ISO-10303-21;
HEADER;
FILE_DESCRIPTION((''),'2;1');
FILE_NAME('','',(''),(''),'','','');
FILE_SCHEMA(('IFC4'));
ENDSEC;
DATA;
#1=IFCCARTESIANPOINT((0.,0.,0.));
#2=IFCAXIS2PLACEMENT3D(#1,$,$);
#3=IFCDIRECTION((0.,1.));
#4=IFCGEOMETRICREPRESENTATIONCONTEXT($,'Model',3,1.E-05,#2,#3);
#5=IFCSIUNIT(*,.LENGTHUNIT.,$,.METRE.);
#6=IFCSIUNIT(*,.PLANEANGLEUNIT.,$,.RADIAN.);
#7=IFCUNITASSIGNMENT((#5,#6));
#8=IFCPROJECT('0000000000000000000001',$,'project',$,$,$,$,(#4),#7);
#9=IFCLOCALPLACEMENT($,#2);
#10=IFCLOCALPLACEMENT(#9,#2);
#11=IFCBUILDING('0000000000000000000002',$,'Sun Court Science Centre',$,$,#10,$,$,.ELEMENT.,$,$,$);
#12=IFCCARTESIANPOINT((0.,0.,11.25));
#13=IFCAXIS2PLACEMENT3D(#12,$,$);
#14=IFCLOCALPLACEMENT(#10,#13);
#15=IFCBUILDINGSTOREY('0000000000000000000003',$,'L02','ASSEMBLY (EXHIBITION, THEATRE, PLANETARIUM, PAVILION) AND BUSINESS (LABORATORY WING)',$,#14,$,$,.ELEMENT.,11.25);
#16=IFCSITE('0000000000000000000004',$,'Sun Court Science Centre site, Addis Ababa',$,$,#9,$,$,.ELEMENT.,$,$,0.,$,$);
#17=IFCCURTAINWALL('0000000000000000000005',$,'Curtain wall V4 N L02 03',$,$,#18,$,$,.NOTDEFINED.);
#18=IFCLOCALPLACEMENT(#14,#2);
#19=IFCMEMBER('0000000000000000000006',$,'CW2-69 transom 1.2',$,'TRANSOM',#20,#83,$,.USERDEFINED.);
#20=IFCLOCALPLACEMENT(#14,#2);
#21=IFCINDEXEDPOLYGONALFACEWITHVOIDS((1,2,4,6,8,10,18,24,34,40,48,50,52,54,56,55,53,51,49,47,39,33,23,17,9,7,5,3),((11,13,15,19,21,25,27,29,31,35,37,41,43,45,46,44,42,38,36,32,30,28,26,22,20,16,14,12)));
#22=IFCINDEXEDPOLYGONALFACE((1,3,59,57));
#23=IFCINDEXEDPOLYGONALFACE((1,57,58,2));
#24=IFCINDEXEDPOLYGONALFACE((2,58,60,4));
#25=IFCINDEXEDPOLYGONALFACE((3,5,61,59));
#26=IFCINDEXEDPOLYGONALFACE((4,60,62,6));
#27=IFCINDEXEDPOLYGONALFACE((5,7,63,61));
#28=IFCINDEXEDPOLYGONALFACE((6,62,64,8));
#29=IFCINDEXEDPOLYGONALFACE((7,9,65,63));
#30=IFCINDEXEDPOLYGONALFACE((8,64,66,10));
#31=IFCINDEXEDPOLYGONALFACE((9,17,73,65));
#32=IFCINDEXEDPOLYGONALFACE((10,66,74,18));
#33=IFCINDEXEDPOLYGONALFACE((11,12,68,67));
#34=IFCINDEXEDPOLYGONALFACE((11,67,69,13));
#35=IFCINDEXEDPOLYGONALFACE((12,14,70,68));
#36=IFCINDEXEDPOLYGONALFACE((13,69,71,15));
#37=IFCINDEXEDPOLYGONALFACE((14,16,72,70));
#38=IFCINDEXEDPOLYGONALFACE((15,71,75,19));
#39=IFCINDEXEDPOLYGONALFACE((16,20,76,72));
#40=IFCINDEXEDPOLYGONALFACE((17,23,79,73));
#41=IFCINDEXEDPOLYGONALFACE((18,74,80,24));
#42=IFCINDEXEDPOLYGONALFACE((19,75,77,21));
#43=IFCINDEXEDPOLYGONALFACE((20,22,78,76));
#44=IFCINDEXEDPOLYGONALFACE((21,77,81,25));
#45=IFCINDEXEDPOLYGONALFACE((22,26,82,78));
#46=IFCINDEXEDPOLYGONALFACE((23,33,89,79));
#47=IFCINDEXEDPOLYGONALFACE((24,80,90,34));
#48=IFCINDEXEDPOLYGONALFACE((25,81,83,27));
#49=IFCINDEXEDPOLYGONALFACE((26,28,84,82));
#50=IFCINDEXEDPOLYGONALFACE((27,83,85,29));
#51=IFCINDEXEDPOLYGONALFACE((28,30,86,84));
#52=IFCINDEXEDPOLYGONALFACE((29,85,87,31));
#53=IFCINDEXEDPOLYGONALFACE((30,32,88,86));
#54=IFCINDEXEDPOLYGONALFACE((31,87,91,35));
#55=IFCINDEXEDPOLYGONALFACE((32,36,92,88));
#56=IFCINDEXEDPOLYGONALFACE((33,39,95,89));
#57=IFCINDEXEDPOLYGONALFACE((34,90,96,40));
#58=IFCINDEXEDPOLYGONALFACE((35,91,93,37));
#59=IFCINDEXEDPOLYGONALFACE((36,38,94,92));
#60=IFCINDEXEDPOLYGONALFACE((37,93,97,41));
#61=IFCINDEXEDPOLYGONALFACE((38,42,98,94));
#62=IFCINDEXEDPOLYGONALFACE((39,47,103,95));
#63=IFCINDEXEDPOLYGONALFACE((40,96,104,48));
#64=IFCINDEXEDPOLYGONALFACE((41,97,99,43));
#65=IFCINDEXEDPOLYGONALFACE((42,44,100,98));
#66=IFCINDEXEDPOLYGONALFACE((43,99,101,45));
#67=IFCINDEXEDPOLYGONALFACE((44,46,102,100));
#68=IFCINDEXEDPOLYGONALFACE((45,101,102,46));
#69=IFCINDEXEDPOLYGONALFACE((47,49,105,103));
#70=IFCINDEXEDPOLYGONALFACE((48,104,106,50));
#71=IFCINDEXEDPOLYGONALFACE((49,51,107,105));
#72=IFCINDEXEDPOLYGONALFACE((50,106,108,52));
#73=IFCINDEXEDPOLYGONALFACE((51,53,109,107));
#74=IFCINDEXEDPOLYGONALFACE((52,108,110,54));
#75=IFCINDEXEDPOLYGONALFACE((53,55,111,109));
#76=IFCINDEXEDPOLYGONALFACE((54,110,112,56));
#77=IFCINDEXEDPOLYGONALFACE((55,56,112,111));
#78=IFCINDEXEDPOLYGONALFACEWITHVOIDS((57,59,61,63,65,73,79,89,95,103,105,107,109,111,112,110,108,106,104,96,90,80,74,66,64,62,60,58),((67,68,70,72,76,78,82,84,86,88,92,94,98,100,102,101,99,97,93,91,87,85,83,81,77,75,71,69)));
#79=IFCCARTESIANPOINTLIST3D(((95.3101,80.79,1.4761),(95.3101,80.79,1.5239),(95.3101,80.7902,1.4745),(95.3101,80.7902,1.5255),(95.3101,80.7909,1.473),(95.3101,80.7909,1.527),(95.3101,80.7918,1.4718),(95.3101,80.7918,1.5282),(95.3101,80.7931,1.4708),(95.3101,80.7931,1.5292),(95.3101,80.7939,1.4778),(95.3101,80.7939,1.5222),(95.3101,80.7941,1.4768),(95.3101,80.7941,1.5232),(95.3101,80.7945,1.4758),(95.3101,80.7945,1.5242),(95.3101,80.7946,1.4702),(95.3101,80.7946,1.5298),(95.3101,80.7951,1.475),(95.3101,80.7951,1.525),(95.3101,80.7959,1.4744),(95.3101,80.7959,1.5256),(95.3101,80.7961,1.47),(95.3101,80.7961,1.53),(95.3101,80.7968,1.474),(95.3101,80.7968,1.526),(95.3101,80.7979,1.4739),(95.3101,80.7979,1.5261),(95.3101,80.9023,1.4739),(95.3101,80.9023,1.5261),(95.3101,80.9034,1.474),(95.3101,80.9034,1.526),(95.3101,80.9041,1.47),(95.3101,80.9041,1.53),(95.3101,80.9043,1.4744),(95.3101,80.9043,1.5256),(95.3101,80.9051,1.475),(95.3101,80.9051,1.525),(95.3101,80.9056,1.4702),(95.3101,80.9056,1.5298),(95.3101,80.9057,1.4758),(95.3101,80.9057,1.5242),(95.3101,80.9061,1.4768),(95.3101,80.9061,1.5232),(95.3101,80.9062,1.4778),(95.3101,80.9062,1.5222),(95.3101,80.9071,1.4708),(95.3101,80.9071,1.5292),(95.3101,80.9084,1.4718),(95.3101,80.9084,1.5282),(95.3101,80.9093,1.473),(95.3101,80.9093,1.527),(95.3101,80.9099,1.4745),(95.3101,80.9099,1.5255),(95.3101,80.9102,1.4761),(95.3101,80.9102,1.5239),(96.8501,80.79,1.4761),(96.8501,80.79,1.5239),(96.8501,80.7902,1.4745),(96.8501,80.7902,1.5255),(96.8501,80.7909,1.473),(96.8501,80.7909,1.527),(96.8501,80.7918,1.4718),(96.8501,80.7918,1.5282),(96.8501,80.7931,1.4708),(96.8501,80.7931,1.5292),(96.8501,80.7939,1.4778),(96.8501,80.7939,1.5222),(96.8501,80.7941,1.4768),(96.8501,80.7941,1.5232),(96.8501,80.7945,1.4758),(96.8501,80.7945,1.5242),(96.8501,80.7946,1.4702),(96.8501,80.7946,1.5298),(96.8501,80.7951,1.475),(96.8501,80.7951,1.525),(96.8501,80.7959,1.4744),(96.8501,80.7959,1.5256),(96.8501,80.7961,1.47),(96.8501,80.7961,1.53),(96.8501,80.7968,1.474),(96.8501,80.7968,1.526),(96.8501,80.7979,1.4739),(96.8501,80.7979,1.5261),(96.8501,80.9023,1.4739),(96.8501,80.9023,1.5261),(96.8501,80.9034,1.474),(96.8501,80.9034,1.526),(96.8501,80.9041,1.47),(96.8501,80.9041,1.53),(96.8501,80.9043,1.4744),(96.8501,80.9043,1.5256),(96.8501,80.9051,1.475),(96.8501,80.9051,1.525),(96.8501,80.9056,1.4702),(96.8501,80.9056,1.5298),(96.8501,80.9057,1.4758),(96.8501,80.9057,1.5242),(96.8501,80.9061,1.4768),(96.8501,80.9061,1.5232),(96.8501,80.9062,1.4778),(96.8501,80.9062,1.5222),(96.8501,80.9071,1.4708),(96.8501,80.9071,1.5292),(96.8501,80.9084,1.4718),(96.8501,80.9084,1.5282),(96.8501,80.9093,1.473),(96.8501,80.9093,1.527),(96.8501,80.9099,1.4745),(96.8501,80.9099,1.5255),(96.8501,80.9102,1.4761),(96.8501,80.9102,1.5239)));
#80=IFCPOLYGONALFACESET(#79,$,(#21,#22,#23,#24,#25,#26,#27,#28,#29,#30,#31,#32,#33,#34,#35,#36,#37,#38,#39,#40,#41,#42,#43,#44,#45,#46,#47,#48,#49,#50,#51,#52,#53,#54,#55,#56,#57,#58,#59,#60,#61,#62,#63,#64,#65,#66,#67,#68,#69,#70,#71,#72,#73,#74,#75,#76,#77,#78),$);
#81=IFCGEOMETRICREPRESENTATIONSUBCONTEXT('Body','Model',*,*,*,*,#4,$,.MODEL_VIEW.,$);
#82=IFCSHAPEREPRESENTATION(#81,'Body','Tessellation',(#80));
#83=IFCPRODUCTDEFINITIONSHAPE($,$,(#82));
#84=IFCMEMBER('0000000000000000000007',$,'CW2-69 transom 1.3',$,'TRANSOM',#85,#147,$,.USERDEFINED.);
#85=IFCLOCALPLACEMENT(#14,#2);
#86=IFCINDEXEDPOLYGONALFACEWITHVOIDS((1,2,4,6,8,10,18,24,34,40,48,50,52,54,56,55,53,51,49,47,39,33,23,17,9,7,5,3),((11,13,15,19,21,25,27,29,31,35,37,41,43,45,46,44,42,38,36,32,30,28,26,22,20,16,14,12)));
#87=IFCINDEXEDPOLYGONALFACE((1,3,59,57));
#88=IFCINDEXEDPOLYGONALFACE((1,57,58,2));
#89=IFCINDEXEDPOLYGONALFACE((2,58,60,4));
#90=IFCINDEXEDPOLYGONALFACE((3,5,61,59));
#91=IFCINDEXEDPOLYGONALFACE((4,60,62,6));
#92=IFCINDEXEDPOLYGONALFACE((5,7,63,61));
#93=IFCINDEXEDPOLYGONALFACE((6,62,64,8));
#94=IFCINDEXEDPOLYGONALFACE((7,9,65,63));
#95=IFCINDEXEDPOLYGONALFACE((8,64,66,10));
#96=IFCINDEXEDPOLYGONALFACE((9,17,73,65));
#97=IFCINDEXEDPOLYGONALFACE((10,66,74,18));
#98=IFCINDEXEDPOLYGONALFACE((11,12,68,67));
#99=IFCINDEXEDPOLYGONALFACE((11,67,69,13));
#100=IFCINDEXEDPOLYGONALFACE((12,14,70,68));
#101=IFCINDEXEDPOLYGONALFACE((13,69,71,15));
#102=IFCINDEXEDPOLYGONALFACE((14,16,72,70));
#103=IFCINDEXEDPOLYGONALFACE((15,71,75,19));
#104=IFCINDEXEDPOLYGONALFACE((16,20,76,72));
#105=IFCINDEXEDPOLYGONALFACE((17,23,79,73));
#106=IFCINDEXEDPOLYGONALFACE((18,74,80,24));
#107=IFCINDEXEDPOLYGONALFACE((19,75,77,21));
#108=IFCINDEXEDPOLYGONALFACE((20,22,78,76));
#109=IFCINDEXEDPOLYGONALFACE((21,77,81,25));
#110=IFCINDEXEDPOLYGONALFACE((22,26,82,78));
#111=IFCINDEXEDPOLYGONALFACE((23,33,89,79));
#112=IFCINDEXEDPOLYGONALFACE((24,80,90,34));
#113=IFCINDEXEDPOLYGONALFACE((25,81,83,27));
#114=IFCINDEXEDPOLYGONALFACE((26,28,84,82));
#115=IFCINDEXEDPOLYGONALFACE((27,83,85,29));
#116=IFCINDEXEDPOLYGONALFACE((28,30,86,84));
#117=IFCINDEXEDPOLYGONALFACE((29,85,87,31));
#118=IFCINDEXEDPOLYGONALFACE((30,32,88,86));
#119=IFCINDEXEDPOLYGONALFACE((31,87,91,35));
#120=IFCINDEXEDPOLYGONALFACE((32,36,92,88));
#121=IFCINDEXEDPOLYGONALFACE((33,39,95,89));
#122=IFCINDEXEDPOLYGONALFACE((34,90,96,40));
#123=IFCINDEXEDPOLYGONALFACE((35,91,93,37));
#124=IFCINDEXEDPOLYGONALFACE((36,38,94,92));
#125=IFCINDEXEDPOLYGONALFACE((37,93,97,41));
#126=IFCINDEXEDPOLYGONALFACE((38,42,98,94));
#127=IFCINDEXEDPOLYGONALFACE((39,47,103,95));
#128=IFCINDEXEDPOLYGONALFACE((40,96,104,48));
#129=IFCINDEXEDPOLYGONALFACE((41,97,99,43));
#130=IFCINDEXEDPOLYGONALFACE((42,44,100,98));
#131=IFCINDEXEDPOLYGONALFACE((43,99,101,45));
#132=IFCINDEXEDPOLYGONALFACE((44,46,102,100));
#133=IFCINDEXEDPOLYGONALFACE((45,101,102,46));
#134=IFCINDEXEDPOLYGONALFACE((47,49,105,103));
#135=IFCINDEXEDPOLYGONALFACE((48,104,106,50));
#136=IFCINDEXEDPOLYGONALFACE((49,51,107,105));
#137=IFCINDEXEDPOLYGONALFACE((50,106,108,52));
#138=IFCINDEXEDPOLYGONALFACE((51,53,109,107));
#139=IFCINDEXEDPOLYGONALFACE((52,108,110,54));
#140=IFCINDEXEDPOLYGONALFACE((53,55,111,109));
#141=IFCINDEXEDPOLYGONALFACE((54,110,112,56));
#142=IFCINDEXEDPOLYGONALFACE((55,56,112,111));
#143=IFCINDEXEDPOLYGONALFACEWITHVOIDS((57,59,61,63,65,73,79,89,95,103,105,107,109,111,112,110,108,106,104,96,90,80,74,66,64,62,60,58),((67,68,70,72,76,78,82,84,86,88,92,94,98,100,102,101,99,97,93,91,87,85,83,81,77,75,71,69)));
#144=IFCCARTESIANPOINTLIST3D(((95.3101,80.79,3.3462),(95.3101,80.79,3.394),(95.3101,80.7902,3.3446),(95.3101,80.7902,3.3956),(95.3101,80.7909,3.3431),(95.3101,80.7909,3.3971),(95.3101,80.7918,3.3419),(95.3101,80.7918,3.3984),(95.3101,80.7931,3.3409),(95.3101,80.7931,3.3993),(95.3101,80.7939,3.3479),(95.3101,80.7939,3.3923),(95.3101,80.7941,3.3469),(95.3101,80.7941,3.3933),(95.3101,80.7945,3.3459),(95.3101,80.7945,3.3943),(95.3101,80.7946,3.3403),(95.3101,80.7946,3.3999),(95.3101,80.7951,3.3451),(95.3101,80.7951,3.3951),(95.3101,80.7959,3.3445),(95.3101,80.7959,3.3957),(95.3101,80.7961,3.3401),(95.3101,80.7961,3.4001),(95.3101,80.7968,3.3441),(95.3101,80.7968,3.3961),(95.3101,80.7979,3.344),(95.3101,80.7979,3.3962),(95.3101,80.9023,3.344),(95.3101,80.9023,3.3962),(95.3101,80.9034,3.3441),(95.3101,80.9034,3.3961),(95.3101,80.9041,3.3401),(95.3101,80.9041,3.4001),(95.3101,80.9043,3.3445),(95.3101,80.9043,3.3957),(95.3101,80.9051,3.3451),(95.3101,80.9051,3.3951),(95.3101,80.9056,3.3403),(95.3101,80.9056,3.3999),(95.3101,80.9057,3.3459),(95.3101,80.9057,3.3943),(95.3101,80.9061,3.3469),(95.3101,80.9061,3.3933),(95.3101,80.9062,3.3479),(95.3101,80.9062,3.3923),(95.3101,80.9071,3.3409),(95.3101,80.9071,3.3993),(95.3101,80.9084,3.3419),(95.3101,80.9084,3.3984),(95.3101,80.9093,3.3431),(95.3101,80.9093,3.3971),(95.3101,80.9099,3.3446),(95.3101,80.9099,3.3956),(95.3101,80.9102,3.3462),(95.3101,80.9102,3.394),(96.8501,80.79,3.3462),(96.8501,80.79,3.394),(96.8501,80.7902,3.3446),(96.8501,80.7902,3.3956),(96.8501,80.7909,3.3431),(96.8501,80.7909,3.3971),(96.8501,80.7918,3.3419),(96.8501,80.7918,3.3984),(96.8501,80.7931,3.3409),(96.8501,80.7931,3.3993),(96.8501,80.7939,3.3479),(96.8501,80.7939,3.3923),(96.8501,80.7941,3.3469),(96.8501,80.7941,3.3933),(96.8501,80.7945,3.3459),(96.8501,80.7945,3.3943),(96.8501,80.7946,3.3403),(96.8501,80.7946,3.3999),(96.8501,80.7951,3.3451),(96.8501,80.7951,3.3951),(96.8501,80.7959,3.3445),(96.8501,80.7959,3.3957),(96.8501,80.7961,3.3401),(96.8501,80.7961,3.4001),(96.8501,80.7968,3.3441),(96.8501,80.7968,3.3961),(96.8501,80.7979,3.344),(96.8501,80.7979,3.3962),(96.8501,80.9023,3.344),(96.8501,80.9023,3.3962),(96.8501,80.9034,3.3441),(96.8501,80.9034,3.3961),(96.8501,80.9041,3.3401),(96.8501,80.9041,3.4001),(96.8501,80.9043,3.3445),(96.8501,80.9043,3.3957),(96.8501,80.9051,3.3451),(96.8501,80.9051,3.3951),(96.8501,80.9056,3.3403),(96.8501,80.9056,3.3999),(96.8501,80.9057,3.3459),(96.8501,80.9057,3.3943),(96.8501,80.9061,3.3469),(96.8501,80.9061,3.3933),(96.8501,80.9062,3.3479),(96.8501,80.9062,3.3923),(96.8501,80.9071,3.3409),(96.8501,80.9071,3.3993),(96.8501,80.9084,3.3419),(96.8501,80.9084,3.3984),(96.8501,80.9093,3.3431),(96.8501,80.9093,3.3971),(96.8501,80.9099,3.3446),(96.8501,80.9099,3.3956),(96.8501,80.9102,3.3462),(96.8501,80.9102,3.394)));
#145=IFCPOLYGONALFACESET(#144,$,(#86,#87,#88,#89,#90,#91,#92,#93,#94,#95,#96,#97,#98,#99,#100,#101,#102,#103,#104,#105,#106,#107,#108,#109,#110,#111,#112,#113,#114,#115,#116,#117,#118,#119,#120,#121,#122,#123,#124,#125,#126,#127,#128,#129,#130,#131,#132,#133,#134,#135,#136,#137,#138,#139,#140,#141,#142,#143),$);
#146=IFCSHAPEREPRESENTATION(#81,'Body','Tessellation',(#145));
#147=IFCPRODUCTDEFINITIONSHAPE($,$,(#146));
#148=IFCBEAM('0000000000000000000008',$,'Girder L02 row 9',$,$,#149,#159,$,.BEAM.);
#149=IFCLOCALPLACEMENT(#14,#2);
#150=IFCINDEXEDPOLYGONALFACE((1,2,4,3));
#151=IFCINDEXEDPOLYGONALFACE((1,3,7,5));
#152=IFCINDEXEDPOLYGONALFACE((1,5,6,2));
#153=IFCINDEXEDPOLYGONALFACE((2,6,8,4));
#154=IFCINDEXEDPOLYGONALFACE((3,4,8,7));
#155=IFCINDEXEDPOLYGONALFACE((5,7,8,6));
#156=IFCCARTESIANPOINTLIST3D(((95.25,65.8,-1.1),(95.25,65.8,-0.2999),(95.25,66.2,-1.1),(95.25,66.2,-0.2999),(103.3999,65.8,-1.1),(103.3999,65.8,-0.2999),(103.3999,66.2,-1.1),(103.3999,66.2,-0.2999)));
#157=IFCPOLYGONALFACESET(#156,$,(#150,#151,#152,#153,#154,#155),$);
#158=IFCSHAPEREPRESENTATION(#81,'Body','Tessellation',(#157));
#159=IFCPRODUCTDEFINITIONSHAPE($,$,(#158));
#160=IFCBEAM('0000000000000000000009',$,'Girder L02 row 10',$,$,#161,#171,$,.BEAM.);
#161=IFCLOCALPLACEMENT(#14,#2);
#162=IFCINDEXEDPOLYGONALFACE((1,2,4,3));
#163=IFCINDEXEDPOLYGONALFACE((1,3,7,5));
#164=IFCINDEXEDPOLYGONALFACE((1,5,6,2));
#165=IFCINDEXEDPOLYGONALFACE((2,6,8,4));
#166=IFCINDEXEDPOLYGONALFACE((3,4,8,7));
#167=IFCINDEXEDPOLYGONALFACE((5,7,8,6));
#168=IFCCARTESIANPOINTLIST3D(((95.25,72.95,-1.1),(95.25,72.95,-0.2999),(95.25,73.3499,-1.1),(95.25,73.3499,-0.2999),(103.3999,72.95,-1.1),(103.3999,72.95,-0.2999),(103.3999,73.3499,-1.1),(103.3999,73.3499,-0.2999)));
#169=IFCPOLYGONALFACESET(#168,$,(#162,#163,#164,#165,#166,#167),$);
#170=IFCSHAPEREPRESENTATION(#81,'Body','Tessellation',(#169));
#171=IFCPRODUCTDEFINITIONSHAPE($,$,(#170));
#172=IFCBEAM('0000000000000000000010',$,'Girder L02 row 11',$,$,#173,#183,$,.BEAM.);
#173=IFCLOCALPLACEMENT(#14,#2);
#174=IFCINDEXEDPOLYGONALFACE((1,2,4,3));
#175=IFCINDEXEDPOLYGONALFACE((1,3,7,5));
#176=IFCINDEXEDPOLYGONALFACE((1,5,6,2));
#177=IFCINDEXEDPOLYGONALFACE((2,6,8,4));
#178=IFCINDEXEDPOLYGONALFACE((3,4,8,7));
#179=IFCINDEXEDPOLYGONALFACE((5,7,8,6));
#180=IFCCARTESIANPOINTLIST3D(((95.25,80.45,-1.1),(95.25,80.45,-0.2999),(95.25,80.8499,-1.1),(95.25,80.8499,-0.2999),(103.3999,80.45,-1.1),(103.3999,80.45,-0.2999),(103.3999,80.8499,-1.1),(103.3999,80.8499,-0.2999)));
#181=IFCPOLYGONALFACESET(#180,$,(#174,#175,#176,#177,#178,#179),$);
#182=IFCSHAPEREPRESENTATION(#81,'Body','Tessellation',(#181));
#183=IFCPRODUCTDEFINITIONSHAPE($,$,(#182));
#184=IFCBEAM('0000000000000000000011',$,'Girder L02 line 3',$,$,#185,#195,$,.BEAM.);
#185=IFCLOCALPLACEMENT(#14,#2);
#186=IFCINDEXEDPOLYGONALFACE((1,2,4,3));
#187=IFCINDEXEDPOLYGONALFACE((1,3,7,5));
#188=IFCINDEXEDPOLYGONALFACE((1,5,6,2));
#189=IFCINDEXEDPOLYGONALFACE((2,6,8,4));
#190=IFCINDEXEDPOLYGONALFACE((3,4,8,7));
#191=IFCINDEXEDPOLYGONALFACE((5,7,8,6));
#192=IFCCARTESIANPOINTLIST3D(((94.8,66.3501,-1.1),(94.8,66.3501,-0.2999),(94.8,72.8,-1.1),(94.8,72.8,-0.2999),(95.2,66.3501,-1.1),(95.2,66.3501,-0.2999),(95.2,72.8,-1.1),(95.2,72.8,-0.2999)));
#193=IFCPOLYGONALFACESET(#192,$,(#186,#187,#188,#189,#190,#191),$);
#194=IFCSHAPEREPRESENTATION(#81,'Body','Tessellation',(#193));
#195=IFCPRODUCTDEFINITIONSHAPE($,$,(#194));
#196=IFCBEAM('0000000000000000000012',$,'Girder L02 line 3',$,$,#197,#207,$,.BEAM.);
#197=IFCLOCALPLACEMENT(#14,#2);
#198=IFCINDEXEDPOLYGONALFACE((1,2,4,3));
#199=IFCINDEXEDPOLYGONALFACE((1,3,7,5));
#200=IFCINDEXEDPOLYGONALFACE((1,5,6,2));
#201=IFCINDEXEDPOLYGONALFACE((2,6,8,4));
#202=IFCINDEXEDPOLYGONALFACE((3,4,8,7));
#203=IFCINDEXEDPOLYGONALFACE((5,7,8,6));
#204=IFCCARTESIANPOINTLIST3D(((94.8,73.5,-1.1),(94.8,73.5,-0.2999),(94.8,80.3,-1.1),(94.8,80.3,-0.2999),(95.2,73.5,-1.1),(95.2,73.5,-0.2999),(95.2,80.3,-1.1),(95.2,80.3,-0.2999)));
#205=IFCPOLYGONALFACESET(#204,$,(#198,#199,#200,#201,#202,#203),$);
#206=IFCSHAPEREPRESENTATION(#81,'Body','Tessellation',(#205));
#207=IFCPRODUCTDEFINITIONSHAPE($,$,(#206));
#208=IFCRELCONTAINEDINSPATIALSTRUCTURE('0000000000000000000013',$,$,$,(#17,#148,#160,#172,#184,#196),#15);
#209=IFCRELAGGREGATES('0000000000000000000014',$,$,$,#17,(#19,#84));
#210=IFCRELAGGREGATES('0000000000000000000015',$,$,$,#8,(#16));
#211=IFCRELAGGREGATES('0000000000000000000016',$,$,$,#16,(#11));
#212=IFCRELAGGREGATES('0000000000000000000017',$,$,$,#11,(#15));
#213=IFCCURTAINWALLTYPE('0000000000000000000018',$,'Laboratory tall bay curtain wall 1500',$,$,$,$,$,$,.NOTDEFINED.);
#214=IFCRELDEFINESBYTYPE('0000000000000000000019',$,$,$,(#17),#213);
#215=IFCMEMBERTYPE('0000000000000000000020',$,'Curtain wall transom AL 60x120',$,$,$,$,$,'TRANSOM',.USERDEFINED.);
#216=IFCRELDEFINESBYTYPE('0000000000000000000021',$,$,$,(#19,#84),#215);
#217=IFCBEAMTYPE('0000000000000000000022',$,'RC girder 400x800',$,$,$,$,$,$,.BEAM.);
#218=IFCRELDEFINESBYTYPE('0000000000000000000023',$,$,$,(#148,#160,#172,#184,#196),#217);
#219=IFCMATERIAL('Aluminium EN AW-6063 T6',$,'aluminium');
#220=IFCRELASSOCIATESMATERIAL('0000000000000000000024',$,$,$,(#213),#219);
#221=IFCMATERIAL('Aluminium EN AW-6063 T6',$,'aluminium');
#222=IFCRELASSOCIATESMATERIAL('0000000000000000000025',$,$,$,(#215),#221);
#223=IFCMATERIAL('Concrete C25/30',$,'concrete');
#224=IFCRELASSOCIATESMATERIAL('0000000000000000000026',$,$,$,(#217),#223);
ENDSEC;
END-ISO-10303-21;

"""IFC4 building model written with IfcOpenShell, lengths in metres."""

from ifc_helpers import new_model, si_unit, direction, frame, origin, origin_2d, place, context, subcontext, project, spatial, rectangle, hollow_rectangle, extrude, material, material_profile, profile_set, type_object, element, aggregate, save


model = new_model("IFC4")

# Units and contexts
model_context = context("Model", 3, precision=1e-05, world=origin(), true_north=direction((0.0, 1.0)))
body_context = subcontext(model_context, "Body", "Model", "MODEL_VIEW")
ifc_project = project(units=[si_unit("LENGTHUNIT", "METRE"), si_unit("PLANEANGLEUNIT", "RADIAN")], contexts=[model_context])

# Site, building, storey
site_placement = place(None, origin())
site = spatial("IfcSite", under=ifc_project, at=site_placement, Name="Sun Court Science Centre site, Addis Ababa", CompositionType="ELEMENT", RefElevation=0.0)
building_placement = place(site_placement, origin())
building = spatial("IfcBuilding", under=site, at=building_placement, Name="Sun Court Science Centre", CompositionType="ELEMENT")
storey_placement = place(building_placement, frame((0.0, 0.0, 11.25)))
storey = spatial("IfcBuildingStorey", under=building, at=storey_placement, Name="L02", Description="ASSEMBLY (EXHIBITION, THEATRE, PLANETARIUM, PAVILION) AND BUSINESS (LABORATORY WING)", CompositionType="ELEMENT", Elevation=11.25)

# Shared definitions
ifc_material_1 = material(Name="Aluminium EN AW-6063 T6", Category="aluminium")
curtain_wall_type = type_object("IfcCurtainWallType", Name="Laboratory tall bay curtain wall 1500", PredefinedType="NOTDEFINED", material=ifc_material_1)

# Curtain wall, members
curtain_wall_1_placement = place(storey_placement, origin())
curtain_wall_1 = element("IfcCurtainWall", 1, at=curtain_wall_1_placement, inside=storey, type_object=curtain_wall_type, Name="Curtain wall V4 N L02 03", PredefinedType="NOTDEFINED")
ifc_material_2 = material(Name="Aluminium EN AW-6063 T6", Category="aluminium")
ifc_material_profile_1 = material_profile(ifc_material_2, hollow_rectangle(XDim=0.0601, YDim=0.1201, WallThickness=0.0039, InnerFilletRadius=0.0039, OuterFilletRadius=0.0061, at=origin_2d()), Name="AL 60x120x4")
ifc_profile_set_1 = profile_set([ifc_material_profile_1], Name="Aluminium EN AW-6063 T6")
member_type_1 = type_object("IfcMemberType", Name="Curtain wall transom AL 60x120", ElementType="TRANSOM", PredefinedType="USERDEFINED", material=ifc_profile_set_1)
member_1_placement = place(storey_placement, frame((95.3101, 80.8501, 1.5), z_axis=(1.0, 0.0, 0.0), x_axis=(0.0, 0.0, 1.0)))
member_1 = element("IfcMember", 2, at=member_1_placement, type_object=member_type_1, Name="CW2-69 transom 1.2", ObjectType="TRANSOM", PredefinedType="USERDEFINED", context=body_context, shape_type="SweptSolid", body=[
    extrude(hollow_rectangle(XDim=0.0601, YDim=0.1201, WallThickness=0.0039, InnerFilletRadius=0.0039, OuterFilletRadius=0.0061, at=origin_2d()), origin(), (0.0, 0.0, 1.0), 1.54),
])
member_2_placement = place(storey_placement, frame((95.3101, 80.8501, 3.3701), z_axis=(1.0, 0.0, 0.0), x_axis=(0.0, 0.0, 1.0)))
member_2 = element("IfcMember", 3, at=member_2_placement, type_object=member_type_1, Name="CW2-69 transom 1.3", ObjectType="TRANSOM", PredefinedType="USERDEFINED", context=body_context, shape_type="SweptSolid", body=[
    extrude(hollow_rectangle(XDim=0.0601, YDim=0.1201, WallThickness=0.0039, InnerFilletRadius=0.0039, OuterFilletRadius=0.0061, at=origin_2d()), origin(), (0.0, 0.0, 1.0), 1.54),
])
aggregate(curtain_wall_1, [member_1, member_2])

# Beams
ifc_material_3 = material(Name="Concrete C25/30", Category="concrete")
ifc_material_profile_2 = material_profile(ifc_material_3, rectangle(XDim=0.3999, YDim=0.8, at=origin_2d()), Name="RC 400x800")
ifc_profile_set_2 = profile_set([ifc_material_profile_2], Name="Concrete C25/30")
beam_type_1 = type_object("IfcBeamType", Name="RC girder 400x800", PredefinedType="BEAM", material=ifc_profile_set_2)
for number, where, z_axis, x_axis, name in (
    (4, (95.25, 66.0, -0.7), (1.0, 0.0, 0.0), (0.0, 1.0, 0.0), "Girder L02 row 9"),
    (5, (95.25, 73.1499, -0.7), (1.0, 0.0, 0.0), (0.0, 1.0, 0.0), "Girder L02 row 10"),
    (6, (95.25, 80.6499, -0.7), (1.0, 0.0, 0.0), (0.0, 1.0, 0.0), "Girder L02 row 11"),
):
    element("IfcBeam", number, at=place(storey_placement, frame(where, z_axis=z_axis, x_axis=x_axis)), inside=storey, type_object=beam_type_1, Name=name, PredefinedType="BEAM", context=body_context, shape_type="SweptSolid", body=[
        extrude(rectangle(XDim=0.3999, YDim=0.8, at=origin_2d()), origin(), (0.0, 0.0, 1.0), 8.1499),
    ])
beam_1_placement = place(storey_placement, frame((95.0, 66.3501, -0.7), z_axis=(0.0, 1.0, 0.0), x_axis=(-1.0, 0.0, 0.0)))
element("IfcBeam", 7, at=beam_1_placement, inside=storey, type_object=beam_type_1, Name="Girder L02 line 3", PredefinedType="BEAM", context=body_context, shape_type="SweptSolid", body=[
    extrude(rectangle(XDim=0.3999, YDim=0.8, at=origin_2d()), origin(), (0.0, 0.0, 1.0), 6.45),
])
beam_2_placement = place(storey_placement, frame((95.0, 73.5, -0.7), z_axis=(0.0, 1.0, 0.0), x_axis=(-1.0, 0.0, 0.0)))
element("IfcBeam", 8, at=beam_2_placement, inside=storey, type_object=beam_type_1, Name="Girder L02 line 3", PredefinedType="BEAM", context=body_context, shape_type="SweptSolid", body=[
    extrude(rectangle(XDim=0.3999, YDim=0.8, at=origin_2d()), origin(), (0.0, 0.0, 1.0), 6.8),
])

save(model, "model.ifc")
